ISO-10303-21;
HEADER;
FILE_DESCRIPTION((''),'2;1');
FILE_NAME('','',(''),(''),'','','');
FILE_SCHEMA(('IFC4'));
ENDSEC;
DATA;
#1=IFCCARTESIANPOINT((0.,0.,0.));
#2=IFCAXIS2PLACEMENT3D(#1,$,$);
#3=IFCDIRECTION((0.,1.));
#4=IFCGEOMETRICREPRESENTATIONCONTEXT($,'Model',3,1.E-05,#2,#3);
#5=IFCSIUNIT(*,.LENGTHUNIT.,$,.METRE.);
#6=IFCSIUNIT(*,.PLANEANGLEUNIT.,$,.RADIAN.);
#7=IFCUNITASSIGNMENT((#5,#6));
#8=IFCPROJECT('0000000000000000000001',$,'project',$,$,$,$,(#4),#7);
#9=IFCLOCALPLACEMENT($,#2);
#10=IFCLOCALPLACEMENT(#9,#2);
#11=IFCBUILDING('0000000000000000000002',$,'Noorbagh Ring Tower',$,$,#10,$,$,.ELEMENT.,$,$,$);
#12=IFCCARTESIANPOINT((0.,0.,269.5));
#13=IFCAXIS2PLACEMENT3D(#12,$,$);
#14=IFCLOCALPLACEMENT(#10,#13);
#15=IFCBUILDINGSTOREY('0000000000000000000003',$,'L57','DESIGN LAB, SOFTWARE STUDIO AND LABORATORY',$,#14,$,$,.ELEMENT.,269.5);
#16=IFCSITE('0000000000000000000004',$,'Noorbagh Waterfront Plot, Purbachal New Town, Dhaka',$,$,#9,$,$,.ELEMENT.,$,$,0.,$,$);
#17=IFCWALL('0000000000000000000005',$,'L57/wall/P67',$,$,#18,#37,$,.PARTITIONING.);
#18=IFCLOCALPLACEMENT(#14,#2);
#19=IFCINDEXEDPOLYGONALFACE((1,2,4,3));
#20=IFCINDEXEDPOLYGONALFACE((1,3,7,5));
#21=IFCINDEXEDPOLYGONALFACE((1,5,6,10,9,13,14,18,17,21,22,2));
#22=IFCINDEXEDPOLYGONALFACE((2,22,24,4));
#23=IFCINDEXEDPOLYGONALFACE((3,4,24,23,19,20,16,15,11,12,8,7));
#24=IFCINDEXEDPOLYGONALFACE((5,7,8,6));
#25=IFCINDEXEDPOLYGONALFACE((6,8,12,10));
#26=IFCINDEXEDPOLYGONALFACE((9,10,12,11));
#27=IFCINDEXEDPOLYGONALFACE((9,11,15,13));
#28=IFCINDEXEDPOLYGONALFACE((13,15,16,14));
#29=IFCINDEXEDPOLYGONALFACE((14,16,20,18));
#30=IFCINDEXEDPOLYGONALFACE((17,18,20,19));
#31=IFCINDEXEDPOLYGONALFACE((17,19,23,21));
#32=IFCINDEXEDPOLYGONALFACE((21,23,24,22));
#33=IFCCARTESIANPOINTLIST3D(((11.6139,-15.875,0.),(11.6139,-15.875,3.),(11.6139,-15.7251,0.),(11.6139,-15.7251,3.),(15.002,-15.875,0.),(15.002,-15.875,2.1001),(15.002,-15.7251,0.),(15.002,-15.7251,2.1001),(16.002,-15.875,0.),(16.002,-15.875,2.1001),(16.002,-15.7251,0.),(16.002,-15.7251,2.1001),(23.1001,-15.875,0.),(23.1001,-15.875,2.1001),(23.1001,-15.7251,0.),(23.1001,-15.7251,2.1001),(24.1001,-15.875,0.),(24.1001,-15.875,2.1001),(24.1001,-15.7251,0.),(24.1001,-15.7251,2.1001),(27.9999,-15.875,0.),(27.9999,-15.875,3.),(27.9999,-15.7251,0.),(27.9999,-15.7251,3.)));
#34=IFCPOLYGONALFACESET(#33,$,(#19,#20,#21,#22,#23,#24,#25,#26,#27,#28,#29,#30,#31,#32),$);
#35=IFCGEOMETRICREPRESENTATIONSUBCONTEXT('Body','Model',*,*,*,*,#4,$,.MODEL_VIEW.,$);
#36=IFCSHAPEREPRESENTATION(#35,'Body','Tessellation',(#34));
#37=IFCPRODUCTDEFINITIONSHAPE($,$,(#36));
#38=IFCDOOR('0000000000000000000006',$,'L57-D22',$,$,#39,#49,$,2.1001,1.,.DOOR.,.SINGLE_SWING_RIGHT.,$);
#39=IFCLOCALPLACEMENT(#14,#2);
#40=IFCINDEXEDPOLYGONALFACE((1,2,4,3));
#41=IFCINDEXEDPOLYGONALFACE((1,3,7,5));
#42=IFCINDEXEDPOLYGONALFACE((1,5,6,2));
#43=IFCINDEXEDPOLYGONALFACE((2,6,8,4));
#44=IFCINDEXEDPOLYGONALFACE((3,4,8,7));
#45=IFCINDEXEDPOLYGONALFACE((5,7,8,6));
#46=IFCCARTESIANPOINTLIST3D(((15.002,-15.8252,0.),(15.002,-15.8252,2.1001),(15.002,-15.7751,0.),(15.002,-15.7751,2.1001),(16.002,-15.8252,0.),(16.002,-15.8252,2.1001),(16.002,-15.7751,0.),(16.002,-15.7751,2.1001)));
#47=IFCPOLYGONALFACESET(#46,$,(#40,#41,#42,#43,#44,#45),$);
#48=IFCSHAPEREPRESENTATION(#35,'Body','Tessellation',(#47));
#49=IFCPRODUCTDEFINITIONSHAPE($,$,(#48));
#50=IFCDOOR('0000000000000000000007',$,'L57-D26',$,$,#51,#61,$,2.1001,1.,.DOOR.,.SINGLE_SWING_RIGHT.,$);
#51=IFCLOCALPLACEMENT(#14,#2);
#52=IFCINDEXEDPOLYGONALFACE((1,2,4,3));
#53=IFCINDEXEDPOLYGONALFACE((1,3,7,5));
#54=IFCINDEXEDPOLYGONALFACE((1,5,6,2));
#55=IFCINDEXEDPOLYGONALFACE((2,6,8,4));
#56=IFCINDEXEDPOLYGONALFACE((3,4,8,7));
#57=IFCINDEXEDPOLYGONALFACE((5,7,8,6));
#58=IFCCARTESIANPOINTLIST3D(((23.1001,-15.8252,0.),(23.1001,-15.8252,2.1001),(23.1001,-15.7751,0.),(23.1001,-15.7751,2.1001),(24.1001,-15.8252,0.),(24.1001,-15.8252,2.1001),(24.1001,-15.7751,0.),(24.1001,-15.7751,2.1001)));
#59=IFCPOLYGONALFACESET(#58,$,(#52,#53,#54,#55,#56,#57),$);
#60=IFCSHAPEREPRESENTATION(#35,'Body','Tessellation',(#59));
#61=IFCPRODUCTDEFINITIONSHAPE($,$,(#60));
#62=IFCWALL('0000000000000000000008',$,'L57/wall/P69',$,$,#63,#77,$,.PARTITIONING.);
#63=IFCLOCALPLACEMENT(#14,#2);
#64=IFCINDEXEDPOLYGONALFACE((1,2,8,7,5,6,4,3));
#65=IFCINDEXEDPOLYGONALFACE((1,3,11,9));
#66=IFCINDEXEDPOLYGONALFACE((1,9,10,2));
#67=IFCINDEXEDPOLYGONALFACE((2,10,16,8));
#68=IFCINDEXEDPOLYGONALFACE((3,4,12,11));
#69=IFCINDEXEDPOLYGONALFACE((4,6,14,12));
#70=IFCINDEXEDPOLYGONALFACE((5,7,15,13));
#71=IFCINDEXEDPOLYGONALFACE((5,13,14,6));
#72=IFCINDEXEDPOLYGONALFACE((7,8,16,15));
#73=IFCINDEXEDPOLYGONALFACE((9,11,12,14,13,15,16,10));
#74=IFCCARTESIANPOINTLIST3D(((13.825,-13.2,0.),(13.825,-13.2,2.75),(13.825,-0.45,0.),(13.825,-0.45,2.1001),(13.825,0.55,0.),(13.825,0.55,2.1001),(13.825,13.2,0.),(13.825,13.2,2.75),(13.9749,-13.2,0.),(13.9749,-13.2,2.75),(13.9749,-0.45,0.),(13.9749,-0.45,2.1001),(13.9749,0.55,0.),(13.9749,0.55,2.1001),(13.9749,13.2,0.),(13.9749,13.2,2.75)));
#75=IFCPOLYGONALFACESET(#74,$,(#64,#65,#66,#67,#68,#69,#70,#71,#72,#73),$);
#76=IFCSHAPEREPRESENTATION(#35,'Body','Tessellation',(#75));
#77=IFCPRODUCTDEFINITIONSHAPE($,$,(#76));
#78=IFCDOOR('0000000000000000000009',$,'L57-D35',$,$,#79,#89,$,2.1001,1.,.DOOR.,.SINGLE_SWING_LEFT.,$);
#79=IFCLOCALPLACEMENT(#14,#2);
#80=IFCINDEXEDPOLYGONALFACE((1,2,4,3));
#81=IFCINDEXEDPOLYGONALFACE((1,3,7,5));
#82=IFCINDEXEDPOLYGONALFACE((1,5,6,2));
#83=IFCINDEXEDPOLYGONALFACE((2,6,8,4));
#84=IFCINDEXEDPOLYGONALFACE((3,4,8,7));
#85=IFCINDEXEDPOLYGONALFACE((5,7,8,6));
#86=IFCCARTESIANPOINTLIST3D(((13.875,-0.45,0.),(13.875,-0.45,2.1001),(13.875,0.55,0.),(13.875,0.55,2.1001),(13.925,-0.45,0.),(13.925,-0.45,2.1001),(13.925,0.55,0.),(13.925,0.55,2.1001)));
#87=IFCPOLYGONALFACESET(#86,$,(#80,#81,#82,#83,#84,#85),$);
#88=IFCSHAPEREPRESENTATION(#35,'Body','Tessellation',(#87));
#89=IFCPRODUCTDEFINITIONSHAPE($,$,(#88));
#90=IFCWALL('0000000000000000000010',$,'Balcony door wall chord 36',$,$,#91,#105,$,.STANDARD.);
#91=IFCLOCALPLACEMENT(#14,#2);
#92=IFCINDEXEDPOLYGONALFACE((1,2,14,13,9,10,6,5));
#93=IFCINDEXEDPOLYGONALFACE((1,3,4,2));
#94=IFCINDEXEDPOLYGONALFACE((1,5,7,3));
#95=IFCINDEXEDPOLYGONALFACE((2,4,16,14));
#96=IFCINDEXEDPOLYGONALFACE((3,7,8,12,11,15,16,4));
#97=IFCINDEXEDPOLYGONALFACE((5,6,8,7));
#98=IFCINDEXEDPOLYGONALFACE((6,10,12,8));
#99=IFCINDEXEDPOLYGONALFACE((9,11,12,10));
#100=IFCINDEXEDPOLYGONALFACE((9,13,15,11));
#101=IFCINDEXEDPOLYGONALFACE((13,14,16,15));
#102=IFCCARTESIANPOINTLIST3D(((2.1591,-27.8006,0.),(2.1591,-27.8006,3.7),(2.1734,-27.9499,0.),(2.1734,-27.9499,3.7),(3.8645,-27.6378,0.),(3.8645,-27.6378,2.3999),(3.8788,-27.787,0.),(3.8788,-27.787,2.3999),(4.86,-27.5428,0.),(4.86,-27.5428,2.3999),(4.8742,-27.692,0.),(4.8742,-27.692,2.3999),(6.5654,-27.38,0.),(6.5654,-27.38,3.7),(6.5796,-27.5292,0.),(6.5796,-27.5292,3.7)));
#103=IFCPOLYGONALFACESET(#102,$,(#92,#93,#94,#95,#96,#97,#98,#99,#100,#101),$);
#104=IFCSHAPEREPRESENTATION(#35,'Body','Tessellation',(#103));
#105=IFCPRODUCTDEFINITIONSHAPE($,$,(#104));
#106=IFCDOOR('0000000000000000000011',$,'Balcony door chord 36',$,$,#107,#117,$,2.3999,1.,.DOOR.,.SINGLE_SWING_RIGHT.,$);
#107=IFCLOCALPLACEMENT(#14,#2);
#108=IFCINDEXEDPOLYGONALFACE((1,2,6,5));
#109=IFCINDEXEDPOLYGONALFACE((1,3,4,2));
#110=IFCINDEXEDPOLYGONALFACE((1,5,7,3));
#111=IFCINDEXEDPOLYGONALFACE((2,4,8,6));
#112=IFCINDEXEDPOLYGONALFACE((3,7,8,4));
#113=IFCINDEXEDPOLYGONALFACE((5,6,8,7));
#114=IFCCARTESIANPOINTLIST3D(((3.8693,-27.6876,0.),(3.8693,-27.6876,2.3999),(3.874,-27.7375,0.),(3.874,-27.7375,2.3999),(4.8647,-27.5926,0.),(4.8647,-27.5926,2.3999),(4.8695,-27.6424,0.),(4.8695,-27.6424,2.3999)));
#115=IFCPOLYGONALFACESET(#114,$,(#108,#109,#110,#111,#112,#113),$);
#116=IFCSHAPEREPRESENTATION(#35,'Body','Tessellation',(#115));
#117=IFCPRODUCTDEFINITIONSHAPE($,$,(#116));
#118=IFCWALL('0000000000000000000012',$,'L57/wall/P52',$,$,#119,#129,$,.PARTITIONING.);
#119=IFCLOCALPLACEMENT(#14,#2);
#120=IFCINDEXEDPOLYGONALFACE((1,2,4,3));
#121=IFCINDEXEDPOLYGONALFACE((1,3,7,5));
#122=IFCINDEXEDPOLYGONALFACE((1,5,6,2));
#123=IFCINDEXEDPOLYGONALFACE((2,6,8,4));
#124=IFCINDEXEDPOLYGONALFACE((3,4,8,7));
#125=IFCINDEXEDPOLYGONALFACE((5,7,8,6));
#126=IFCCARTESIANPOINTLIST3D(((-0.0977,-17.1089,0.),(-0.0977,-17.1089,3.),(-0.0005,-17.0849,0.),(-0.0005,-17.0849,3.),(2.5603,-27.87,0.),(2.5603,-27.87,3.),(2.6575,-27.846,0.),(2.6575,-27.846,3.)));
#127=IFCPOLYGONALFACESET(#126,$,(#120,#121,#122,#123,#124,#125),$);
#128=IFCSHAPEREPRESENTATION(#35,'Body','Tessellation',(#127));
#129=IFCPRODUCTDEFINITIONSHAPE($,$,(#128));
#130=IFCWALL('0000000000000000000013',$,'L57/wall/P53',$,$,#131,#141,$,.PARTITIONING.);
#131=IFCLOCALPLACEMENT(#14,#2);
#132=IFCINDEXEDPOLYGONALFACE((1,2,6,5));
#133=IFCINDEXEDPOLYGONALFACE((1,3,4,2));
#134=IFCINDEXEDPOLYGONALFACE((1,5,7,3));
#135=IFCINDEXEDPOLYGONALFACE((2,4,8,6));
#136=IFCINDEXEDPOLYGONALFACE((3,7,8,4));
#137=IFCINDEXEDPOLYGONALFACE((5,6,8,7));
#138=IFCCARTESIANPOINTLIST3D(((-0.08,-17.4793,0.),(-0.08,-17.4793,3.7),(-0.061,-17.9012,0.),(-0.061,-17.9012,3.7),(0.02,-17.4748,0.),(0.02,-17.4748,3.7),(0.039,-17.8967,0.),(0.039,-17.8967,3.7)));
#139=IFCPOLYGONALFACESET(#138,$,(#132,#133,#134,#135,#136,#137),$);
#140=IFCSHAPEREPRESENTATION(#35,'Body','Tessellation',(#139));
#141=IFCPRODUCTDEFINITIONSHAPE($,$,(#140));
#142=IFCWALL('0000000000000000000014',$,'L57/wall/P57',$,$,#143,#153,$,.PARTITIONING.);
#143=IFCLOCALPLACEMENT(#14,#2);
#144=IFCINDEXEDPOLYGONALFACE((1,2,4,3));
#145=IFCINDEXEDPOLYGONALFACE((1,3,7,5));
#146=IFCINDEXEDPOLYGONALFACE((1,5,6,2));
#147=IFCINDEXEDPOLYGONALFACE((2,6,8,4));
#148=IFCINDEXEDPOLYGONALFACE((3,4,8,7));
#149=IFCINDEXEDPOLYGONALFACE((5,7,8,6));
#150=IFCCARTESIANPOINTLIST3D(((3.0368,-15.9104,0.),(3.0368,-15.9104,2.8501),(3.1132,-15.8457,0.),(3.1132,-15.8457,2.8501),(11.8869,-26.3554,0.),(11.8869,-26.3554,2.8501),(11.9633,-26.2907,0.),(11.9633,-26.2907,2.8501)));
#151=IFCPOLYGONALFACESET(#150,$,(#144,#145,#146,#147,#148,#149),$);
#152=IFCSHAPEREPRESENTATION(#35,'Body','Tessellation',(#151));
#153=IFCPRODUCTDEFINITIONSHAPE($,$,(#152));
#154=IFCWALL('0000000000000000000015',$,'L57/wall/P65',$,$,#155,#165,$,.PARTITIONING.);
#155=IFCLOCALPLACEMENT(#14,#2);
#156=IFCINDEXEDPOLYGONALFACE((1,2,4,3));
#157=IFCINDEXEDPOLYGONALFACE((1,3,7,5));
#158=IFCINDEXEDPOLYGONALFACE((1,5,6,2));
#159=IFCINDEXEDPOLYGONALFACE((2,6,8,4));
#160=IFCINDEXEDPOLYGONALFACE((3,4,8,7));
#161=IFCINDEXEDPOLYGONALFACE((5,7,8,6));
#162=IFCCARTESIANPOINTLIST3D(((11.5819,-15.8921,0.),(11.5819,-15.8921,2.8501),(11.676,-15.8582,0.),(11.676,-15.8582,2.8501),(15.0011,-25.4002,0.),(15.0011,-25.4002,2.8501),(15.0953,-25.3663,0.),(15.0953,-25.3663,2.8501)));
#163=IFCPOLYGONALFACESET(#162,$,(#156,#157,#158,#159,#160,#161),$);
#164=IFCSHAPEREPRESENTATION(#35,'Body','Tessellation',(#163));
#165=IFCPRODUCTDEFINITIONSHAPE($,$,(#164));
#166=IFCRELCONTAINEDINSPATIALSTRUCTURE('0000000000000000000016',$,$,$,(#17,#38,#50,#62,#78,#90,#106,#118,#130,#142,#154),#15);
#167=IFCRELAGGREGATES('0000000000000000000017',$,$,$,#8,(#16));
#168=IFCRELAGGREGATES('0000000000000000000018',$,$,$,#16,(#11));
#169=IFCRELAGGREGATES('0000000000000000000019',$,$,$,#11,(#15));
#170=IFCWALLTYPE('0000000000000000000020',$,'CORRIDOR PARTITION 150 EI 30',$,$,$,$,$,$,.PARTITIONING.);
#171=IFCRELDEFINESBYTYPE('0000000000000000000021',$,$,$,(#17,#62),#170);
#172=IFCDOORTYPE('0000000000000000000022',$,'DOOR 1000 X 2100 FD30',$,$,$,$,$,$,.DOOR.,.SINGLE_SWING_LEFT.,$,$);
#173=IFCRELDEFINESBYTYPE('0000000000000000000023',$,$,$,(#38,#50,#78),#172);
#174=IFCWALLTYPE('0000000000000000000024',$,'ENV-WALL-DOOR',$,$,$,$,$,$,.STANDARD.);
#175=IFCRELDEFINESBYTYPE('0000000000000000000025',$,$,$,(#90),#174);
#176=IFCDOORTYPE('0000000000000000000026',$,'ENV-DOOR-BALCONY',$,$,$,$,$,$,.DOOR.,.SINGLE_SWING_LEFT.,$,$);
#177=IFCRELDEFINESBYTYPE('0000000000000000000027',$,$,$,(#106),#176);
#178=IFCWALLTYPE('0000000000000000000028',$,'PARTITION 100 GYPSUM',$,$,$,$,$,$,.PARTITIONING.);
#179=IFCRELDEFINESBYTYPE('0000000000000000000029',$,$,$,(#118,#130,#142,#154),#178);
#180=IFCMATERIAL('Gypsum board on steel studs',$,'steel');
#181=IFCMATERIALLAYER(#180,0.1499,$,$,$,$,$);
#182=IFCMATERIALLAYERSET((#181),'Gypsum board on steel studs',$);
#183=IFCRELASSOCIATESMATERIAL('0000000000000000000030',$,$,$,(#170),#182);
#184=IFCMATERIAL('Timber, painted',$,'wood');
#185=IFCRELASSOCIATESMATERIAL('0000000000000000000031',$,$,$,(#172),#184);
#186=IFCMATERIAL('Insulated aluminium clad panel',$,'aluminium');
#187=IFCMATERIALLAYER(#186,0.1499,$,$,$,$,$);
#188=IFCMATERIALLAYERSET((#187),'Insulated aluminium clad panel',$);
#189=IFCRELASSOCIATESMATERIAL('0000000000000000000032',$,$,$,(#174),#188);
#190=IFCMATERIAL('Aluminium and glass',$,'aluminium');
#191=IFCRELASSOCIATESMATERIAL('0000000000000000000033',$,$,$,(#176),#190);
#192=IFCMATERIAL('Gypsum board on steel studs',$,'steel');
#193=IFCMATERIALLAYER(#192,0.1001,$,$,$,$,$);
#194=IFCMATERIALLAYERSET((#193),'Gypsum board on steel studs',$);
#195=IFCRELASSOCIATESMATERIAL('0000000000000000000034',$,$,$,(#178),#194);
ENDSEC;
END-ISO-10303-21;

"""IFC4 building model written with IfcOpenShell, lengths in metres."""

from ifc_helpers import new_model, si_unit, direction, frame, frame_2d, origin, place, context, subcontext, project, spatial, rectangle, extrude, material, layer, layer_set, type_object, element, fill, save


model = new_model("IFC4")

# Units and contexts
model_context = context("Model", 3, precision=1e-05, world=origin(), true_north=direction((0.0, 1.0)))
body_context = subcontext(model_context, "Body", "Model", "MODEL_VIEW")
ifc_project = project(units=[si_unit("LENGTHUNIT", "METRE"), si_unit("PLANEANGLEUNIT", "RADIAN")], contexts=[model_context])

# Site, building, storey
site_placement = place(None, origin())
site = spatial("IfcSite", under=ifc_project, at=site_placement, Name="Noorbagh Waterfront Plot, Purbachal New Town, Dhaka", CompositionType="ELEMENT", RefElevation=0.0)
building_placement = place(site_placement, origin())
building = spatial("IfcBuilding", under=site, at=building_placement, Name="Noorbagh Ring Tower", CompositionType="ELEMENT")
storey_placement = place(building_placement, frame((0.0, 0.0, 269.5)))
storey = spatial("IfcBuildingStorey", under=building, at=storey_placement, Name="L57", Description="DESIGN LAB, SOFTWARE STUDIO AND LABORATORY", CompositionType="ELEMENT", Elevation=269.5)

# Wall, openings, doors
ifc_material_1 = material(Name="Gypsum board on steel studs", Category="steel")
ifc_layer_1 = layer(ifc_material_1, 0.1499)
ifc_layer_set_1 = layer_set([ifc_layer_1], Name="Gypsum board on steel studs")
wall_type_1 = type_object("IfcWallType", Name="CORRIDOR PARTITION 150 EI 30", PredefinedType="PARTITIONING", material=ifc_layer_set_1)
wall_1_placement = place(storey_placement, frame((11.614, -15.8, 0.0), z_axis=(0.0, 0.0, 1.0), x_axis=(1.0, 0.0, 0.0)))
wall_1 = element("IfcWall", 1, at=wall_1_placement, inside=storey, type_object=wall_type_1, Name="L57/wall/P67", PredefinedType="PARTITIONING", context=body_context, shape_type="SweptSolid", body=[
    extrude(rectangle(XDim=16.386, YDim=0.1499, at=frame_2d((8.1929, 0.0))), origin(), (0.0, 0.0, 1.0), 3.0),
])
opening_1_placement = place(wall_1_placement, frame((3.3879, 0.0, 0.0)))
opening_1 = element("IfcOpeningElement", 2, at=opening_1_placement, cuts=wall_1, PredefinedType="OPENING", context=body_context, shape_type="SweptSolid", body=[
    extrude(rectangle(XDim=1.0, YDim=2.1001, at=frame_2d((0.5, 1.05))), frame((0.0, 0.085, 0.0), z_axis=(0.0, -1.0, 0.0), x_axis=(1.0, 0.0, 0.0)), (0.0, 0.0, 1.0), 0.1699),
])
opening_2_placement = place(wall_1_placement, frame((11.4861, 0.0, 0.0)))
opening_2 = element("IfcOpeningElement", 3, at=opening_2_placement, cuts=wall_1, PredefinedType="OPENING", context=body_context, shape_type="SweptSolid", body=[
    extrude(rectangle(XDim=1.0, YDim=2.1001, at=frame_2d((0.5, 1.05))), frame((0.0, 0.085, 0.0), z_axis=(0.0, -1.0, 0.0), x_axis=(1.0, 0.0, 0.0)), (0.0, 0.0, 1.0), 0.1699),
])
ifc_material_2 = material(Name="Timber, painted", Category="wood")
door_type_1 = type_object("IfcDoorType", Name="DOOR 1000 X 2100 FD30", OperationType="SINGLE_SWING_LEFT", PredefinedType="DOOR", material=ifc_material_2)
door_1_placement = place(opening_1_placement, origin())
door_1 = element("IfcDoor", 4, at=door_1_placement, inside=storey, type_object=door_type_1, Name="L57-D22", OperationType="SINGLE_SWING_RIGHT", OverallHeight=2.1001, OverallWidth=1.0, PredefinedType="DOOR", context=body_context, shape_type="SweptSolid", body=[
    extrude(rectangle(XDim=1.0, YDim=2.1001, at=frame_2d((0.5, 1.05))), frame((0.0, 0.0249, 0.0), z_axis=(0.0, -1.0, 0.0), x_axis=(1.0, 0.0, 0.0)), (0.0, 0.0, 1.0), 0.05),
])
fill(opening_1, door_1)
door_2_placement = place(opening_2_placement, origin())
door_2 = element("IfcDoor", 5, at=door_2_placement, inside=storey, type_object=door_type_1, Name="L57-D26", OperationType="SINGLE_SWING_RIGHT", OverallHeight=2.1001, OverallWidth=1.0, PredefinedType="DOOR", context=body_context, shape_type="SweptSolid", body=[
    extrude(rectangle(XDim=1.0, YDim=2.1001, at=frame_2d((0.5, 1.05))), frame((0.0, 0.0249, 0.0), z_axis=(0.0, -1.0, 0.0), x_axis=(1.0, 0.0, 0.0)), (0.0, 0.0, 1.0), 0.05),
])
fill(opening_2, door_2)

# Walls, openings, doors
wall_2_placement = place(storey_placement, frame((13.8999, -13.2, 0.0), z_axis=(0.0, 0.0, 1.0), x_axis=(0.0, 1.0, 0.0)))
wall_2 = element("IfcWall", 6, at=wall_2_placement, inside=storey, type_object=wall_type_1, Name="L57/wall/P69", PredefinedType="PARTITIONING", context=body_context, shape_type="SweptSolid", body=[
    extrude(rectangle(XDim=26.3999, YDim=0.1499, at=frame_2d((13.2, 0.0))), origin(), (0.0, 0.0, 1.0), 2.75),
])
opening_3_placement = place(wall_2_placement, frame((12.75, 0.0, 0.0)))
opening_3 = element("IfcOpeningElement", 7, at=opening_3_placement, cuts=wall_2, PredefinedType="OPENING", context=body_context, shape_type="SweptSolid", body=[
    extrude(rectangle(XDim=1.0, YDim=2.1001, at=frame_2d((0.5, 1.05))), frame((0.0, 0.085, 0.0), z_axis=(0.0, -1.0, 0.0), x_axis=(1.0, 0.0, 0.0)), (0.0, 0.0, 1.0), 0.1699),
])
door_3_placement = place(opening_3_placement, origin())
door_3 = element("IfcDoor", 8, at=door_3_placement, inside=storey, type_object=door_type_1, Name="L57-D35", OperationType="SINGLE_SWING_LEFT", OverallHeight=2.1001, OverallWidth=1.0, PredefinedType="DOOR", context=body_context, shape_type="SweptSolid", body=[
    extrude(rectangle(XDim=1.0, YDim=2.1001, at=frame_2d((0.5, 1.05))), frame((0.0, 0.0249, 0.0), z_axis=(0.0, -1.0, 0.0), x_axis=(1.0, 0.0, 0.0)), (0.0, 0.0, 1.0), 0.05),
])
fill(opening_3, door_3)
ifc_material_3 = material(Name="Insulated aluminium clad panel", Category="aluminium")
ifc_layer_2 = layer(ifc_material_3, 0.1499)
ifc_layer_set_2 = layer_set([ifc_layer_2], Name="Insulated aluminium clad panel")
wall_type_2 = type_object("IfcWallType", Name="ENV-WALL-DOOR", PredefinedType="STANDARD", material=ifc_layer_set_2)
wall_3_placement = place(storey_placement, frame((2.1663, -27.8752, 0.0), z_axis=(0.0, 0.0, 1.0), x_axis=(0.995474, 0.095036, 0.0)))
wall_3 = element("IfcWall", 9, at=wall_3_placement, inside=storey, type_object=wall_type_2, Name="Balcony door wall chord 36", PredefinedType="STANDARD", context=body_context, shape_type="SweptSolid", body=[
    extrude(rectangle(XDim=4.4263, YDim=0.1499, at=frame_2d((2.2131, 0.0))), origin(), (0.0, 0.0, 1.0), 3.7),
])
opening_4_placement = place(wall_3_placement, frame((1.7131, 0.0, 0.0)))
opening_4 = element("IfcOpeningElement", 10, at=opening_4_placement, cuts=wall_3, PredefinedType="OPENING", context=body_context, shape_type="SweptSolid", body=[
    extrude(rectangle(XDim=1.0, YDim=2.3999, at=frame_2d((0.5, 1.2))), frame((0.0, 0.085, 0.0), z_axis=(0.0, -1.0, 0.0), x_axis=(1.0, 0.0, 0.0)), (0.0, 0.0, 1.0), 0.1699),
])
ifc_material_4 = material(Name="Aluminium and glass", Category="aluminium")
door_type_2 = type_object("IfcDoorType", Name="ENV-DOOR-BALCONY", OperationType="SINGLE_SWING_LEFT", PredefinedType="DOOR", material=ifc_material_4)
door_4_placement = place(opening_4_placement, origin())
door_4 = element("IfcDoor", 11, at=door_4_placement, inside=storey, type_object=door_type_2, Name="Balcony door chord 36", OperationType="SINGLE_SWING_RIGHT", OverallHeight=2.3999, OverallWidth=1.0, PredefinedType="DOOR", context=body_context, shape_type="SweptSolid", body=[
    extrude(rectangle(XDim=1.0, YDim=2.3999, at=frame_2d((0.5, 1.2))), frame((0.0, 0.0249, 0.0), z_axis=(0.0, -1.0, 0.0), x_axis=(1.0, 0.0, 0.0)), (0.0, 0.0, 1.0), 0.05),
])
fill(opening_4, door_4)

# Walls
ifc_material_5 = material(Name="Gypsum board on steel studs", Category="steel")
ifc_layer_3 = layer(ifc_material_5, 0.1001)
ifc_layer_set_3 = layer_set([ifc_layer_3], Name="Gypsum board on steel studs")
wall_type_3 = type_object("IfcWallType", Name="PARTITION 100 GYPSUM", PredefinedType="PARTITIONING", material=ifc_layer_set_3)
wall_4_placement = place(storey_placement, frame((-0.0491, -17.0969, 0.0), z_axis=(0.0, 0.0, 1.0), x_axis=(0.239793, -0.970824, 0.0)))
element("IfcWall", 12, at=wall_4_placement, inside=storey, type_object=wall_type_3, Name="L57/wall/P52", PredefinedType="PARTITIONING", context=body_context, shape_type="SweptSolid", body=[
    extrude(rectangle(XDim=11.0845, YDim=0.1001, at=frame_2d((5.5422, 0.0))), origin(), (0.0, 0.0, 1.0), 3.0),
])
wall_5_placement = place(storey_placement, frame((-0.03, -17.4771, 0.0), z_axis=(0.0, 0.0, 1.0), x_axis=(0.045093, -0.998983, 0.0)))
element("IfcWall", 13, at=wall_5_placement, inside=storey, type_object=wall_type_3, Name="L57/wall/P53", PredefinedType="PARTITIONING", context=body_context, shape_type="SweptSolid", body=[
    extrude(rectangle(XDim=0.4224, YDim=0.1001, at=frame_2d((0.2112, 0.0))), origin(), (0.0, 0.0, 1.0), 3.7),
])
wall_6_placement = place(storey_placement, frame((3.075, -15.8779, 0.0), z_axis=(0.0, 0.0, 1.0), x_axis=(0.646451, -0.762955, 0.0)))
element("IfcWall", 14, at=wall_6_placement, inside=storey, type_object=wall_type_3, Name="L57/wall/P57", PredefinedType="PARTITIONING", context=body_context, shape_type="SweptSolid", body=[
    extrude(rectangle(XDim=13.6902, YDim=0.1001, at=frame_2d((6.8452, 0.0))), origin(), (0.0, 0.0, 1.0), 2.8501),
])
wall_7_placement = place(storey_placement, frame((11.6289, -15.875, 0.0), z_axis=(0.0, 0.0, 1.0), x_axis=(0.338394, -0.941004, 0.0)))
element("IfcWall", 15, at=wall_7_placement, inside=storey, type_object=wall_type_3, Name="L57/wall/P65", PredefinedType="PARTITIONING", context=body_context, shape_type="SweptSolid", body=[
    extrude(rectangle(XDim=10.1042, YDim=0.1001, at=frame_2d((5.0522, 0.0))), origin(), (0.0, 0.0, 1.0), 2.8501),
])

save(model, "model.ifc")
